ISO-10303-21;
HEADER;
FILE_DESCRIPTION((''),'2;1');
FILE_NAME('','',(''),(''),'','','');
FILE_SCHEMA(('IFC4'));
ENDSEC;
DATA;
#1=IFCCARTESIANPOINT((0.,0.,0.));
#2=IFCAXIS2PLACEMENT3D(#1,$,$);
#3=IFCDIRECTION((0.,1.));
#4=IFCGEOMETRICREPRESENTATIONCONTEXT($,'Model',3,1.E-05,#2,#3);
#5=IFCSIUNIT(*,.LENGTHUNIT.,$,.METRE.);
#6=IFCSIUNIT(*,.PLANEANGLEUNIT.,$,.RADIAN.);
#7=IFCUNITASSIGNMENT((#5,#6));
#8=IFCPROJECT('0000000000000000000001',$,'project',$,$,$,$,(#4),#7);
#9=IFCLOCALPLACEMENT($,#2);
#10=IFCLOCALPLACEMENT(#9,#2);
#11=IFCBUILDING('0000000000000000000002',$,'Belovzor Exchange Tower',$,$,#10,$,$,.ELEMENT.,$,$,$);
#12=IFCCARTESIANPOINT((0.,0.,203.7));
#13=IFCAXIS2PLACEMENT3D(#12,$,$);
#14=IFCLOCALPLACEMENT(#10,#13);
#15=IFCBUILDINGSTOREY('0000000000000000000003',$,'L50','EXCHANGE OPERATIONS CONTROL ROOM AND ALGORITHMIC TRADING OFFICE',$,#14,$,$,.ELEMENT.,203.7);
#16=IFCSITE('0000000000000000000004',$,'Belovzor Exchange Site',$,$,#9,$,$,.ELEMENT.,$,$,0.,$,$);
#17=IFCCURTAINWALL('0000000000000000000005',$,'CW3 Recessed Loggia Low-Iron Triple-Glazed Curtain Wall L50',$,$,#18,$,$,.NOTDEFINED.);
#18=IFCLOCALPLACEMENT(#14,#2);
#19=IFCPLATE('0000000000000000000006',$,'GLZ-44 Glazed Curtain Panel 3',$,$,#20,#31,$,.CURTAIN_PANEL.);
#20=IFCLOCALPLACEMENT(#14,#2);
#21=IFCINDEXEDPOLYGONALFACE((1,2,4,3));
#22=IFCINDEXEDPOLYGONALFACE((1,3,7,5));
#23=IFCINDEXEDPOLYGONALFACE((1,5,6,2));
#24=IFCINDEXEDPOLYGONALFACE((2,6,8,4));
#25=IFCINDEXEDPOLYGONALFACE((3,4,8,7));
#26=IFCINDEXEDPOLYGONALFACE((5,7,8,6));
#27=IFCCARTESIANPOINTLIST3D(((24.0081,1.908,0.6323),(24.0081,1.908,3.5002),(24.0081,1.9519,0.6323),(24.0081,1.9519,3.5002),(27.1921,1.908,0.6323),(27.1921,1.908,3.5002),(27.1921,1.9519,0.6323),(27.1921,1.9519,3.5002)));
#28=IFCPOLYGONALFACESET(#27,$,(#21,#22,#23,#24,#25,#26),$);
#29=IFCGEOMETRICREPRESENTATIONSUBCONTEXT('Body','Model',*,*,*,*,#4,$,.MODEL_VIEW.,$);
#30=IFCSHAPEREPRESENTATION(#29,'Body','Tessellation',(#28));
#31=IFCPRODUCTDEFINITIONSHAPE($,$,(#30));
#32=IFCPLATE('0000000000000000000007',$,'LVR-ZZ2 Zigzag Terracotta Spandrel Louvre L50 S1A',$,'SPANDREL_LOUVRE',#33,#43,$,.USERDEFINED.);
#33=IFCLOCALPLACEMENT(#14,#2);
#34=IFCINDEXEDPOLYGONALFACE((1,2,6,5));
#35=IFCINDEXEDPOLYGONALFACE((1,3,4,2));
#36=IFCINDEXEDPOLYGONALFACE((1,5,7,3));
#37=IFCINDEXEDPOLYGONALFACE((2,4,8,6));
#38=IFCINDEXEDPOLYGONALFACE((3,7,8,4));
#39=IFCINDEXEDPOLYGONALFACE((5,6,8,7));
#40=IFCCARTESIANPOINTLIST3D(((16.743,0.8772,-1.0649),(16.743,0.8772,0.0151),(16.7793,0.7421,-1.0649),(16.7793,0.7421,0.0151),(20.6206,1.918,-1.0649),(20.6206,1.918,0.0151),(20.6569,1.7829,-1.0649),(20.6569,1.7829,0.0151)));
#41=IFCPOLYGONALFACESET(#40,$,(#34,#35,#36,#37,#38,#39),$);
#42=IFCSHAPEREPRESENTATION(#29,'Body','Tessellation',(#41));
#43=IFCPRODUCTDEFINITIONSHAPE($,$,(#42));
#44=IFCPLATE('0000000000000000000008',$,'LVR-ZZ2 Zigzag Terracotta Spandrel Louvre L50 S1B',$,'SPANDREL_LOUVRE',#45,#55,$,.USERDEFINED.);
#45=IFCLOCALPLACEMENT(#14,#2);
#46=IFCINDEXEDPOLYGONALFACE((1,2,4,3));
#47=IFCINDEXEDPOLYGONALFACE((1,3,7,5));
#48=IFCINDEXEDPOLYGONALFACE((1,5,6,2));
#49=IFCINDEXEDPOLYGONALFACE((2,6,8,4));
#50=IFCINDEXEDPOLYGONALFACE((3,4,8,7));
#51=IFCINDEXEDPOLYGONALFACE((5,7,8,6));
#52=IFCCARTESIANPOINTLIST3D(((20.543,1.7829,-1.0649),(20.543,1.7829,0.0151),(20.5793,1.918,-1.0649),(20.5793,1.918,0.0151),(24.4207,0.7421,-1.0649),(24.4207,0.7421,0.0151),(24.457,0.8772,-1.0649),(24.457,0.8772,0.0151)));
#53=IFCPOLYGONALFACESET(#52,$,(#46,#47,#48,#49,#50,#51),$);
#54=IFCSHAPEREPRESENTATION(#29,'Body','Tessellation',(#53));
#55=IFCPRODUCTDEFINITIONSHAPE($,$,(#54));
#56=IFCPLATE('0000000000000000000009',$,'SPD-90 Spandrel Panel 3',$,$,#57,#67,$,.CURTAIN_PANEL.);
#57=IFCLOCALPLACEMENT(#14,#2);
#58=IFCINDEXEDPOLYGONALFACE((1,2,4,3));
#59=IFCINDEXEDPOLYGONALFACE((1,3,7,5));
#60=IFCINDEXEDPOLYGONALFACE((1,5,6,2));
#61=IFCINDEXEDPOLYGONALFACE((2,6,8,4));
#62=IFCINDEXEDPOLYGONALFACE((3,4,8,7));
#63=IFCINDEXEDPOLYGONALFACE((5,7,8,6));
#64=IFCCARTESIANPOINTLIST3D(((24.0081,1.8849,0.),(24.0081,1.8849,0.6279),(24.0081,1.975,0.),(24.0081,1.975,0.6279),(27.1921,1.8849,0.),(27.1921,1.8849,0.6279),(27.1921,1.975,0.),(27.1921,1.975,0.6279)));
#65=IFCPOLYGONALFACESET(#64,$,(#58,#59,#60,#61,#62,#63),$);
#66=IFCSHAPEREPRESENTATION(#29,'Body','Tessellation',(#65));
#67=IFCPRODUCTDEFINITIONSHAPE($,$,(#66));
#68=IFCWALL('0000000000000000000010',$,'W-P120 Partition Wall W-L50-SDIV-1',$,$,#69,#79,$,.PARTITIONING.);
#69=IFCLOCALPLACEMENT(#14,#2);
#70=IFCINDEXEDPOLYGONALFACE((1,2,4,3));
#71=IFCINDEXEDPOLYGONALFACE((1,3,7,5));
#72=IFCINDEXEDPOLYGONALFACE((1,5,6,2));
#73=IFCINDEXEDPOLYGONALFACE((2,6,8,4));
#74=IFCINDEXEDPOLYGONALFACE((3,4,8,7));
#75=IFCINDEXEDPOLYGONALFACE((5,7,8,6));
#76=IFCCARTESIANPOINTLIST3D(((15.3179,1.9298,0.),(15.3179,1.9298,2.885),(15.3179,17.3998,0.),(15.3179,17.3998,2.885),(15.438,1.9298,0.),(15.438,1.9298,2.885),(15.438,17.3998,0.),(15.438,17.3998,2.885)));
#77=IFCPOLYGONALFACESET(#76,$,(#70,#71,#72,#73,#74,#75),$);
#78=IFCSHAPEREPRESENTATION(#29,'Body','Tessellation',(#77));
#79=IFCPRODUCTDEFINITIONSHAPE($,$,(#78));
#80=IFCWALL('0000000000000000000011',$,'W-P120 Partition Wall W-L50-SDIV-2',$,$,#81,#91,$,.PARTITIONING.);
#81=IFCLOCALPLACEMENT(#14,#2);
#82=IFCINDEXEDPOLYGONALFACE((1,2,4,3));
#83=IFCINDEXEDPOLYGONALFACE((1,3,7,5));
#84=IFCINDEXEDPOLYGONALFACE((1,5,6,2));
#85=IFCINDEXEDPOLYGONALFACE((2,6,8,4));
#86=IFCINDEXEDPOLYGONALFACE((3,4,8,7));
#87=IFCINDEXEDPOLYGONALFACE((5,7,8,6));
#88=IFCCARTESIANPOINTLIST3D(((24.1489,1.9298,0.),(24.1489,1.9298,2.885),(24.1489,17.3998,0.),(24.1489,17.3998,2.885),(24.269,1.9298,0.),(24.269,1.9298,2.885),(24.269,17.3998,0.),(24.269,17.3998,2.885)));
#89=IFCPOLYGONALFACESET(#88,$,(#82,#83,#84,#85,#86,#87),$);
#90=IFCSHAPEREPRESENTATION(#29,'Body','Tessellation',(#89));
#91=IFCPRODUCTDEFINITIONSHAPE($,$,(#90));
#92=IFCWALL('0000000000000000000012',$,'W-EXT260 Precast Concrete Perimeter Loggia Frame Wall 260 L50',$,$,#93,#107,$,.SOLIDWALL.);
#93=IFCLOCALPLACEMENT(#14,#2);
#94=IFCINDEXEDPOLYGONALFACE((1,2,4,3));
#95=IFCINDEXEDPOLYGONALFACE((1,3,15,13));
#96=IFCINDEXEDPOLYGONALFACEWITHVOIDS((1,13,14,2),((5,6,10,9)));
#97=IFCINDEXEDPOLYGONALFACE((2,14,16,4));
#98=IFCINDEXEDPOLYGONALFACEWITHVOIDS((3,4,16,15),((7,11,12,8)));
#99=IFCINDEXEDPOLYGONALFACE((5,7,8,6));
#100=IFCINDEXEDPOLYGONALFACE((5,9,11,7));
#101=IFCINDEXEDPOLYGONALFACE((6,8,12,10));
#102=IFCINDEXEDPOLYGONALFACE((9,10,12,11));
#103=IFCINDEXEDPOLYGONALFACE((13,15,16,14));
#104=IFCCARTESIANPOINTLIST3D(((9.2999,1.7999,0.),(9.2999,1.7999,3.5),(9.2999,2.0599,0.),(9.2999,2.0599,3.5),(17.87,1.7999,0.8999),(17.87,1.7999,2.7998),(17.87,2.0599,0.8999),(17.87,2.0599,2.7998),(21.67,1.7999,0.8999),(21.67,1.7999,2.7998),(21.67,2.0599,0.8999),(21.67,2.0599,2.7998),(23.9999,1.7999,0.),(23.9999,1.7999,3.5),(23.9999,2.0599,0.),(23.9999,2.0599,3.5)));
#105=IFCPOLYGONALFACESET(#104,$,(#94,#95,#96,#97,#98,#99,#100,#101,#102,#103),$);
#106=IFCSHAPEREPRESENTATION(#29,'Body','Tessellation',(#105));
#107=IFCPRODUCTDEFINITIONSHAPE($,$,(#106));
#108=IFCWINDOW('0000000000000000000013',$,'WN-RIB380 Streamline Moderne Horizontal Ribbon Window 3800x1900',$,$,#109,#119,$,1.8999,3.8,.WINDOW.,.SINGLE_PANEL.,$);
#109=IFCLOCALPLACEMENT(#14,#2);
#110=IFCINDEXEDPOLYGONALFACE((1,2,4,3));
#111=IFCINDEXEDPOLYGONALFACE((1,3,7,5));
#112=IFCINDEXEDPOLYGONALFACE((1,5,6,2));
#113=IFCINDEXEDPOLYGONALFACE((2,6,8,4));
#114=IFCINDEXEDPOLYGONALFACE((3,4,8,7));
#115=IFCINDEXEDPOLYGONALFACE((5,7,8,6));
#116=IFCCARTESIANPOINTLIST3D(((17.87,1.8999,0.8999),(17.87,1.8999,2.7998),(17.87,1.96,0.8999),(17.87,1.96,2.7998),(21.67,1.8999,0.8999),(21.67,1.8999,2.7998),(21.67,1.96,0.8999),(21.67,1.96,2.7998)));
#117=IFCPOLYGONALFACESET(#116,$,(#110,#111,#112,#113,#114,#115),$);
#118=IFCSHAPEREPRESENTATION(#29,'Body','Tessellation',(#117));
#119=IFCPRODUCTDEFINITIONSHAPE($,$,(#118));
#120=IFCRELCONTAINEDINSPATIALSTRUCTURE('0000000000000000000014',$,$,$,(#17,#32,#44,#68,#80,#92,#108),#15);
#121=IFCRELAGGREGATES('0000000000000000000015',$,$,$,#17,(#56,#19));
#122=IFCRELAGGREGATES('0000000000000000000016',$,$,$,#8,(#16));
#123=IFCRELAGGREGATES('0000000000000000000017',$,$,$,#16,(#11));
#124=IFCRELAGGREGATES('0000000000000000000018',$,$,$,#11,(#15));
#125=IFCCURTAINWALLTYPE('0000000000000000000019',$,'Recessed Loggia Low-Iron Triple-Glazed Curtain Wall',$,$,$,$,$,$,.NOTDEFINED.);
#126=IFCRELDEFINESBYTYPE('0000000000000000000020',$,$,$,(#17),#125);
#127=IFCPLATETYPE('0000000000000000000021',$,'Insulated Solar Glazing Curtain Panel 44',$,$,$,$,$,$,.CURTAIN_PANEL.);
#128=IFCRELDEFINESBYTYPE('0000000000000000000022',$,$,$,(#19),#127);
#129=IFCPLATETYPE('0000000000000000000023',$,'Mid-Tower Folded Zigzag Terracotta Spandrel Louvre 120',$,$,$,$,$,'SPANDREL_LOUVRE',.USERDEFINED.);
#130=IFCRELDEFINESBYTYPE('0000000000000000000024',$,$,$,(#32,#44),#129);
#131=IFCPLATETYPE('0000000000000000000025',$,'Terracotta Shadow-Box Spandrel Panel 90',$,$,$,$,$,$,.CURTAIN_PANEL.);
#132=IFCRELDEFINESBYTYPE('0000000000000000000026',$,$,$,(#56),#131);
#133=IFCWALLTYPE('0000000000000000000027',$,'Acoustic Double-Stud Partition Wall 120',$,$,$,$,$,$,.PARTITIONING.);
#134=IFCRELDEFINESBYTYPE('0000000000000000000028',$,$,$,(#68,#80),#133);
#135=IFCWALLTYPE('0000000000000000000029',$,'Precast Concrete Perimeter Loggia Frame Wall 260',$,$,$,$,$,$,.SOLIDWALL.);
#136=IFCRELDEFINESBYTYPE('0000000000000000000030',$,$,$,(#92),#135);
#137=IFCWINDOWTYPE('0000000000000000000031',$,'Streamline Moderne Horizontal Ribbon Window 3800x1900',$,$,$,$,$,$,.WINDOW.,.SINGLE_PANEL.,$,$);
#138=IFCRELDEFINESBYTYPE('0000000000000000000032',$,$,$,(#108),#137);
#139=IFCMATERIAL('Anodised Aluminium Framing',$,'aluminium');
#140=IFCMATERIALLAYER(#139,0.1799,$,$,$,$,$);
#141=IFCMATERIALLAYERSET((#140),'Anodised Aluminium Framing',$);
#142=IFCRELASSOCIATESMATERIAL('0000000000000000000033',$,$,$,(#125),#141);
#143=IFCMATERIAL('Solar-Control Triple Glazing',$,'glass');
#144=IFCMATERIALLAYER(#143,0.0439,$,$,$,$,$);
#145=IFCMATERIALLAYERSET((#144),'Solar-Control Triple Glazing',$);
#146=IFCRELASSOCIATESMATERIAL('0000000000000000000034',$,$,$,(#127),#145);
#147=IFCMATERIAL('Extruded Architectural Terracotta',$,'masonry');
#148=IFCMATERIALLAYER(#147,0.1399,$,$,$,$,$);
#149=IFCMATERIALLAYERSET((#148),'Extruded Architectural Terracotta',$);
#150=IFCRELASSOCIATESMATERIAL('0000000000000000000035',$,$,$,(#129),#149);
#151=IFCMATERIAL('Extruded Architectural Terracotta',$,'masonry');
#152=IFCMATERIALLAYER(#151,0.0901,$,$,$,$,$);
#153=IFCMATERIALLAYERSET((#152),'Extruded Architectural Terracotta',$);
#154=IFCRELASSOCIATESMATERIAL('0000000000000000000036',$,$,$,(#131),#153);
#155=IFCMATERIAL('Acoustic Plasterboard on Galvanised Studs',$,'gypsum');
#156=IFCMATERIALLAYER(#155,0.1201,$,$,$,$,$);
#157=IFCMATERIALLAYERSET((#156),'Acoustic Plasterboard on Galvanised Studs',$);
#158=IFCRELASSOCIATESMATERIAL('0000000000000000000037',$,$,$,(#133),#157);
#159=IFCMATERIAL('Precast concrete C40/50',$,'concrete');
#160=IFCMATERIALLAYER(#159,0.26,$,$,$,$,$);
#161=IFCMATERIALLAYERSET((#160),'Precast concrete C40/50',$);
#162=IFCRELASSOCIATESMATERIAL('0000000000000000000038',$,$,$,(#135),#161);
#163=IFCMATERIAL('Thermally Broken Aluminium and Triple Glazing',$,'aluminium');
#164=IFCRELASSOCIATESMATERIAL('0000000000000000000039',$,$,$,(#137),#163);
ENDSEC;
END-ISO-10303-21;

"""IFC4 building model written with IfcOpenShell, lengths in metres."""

from ifc_helpers import new_model, si_unit, direction, frame, frame_2d, origin, origin_2d, place, context, subcontext, project, spatial, rectangle, extrude, material, layer, layer_set, type_object, element, fill, aggregate, save


model = new_model("IFC4")

# Units and contexts
model_context = context("Model", 3, precision=1e-05, world=origin(), true_north=direction((0.0, 1.0)))
body_context = subcontext(model_context, "Body", "Model", "MODEL_VIEW")
ifc_project = project(units=[si_unit("LENGTHUNIT", "METRE"), si_unit("PLANEANGLEUNIT", "RADIAN")], contexts=[model_context])

# Site, building, storey
site_placement = place(None, origin())
site = spatial("IfcSite", under=ifc_project, at=site_placement, Name="Belovzor Exchange Site", CompositionType="ELEMENT", RefElevation=0.0)
building_placement = place(site_placement, origin())
building = spatial("IfcBuilding", under=site, at=building_placement, Name="Belovzor Exchange Tower", CompositionType="ELEMENT")
storey_placement = place(building_placement, frame((0.0, 0.0, 203.7)))
storey = spatial("IfcBuildingStorey", under=building, at=storey_placement, Name="L50", Description="EXCHANGE OPERATIONS CONTROL ROOM AND ALGORITHMIC TRADING OFFICE", CompositionType="ELEMENT", Elevation=203.7)

# Curtain wall
ifc_material_1 = material(Name="Anodised Aluminium Framing", Category="aluminium")
ifc_layer_1 = layer(ifc_material_1, 0.1799)
ifc_layer_set_1 = layer_set([ifc_layer_1], Name="Anodised Aluminium Framing")
curtain_wall_type = type_object("IfcCurtainWallType", Name="Recessed Loggia Low-Iron Triple-Glazed Curtain Wall", PredefinedType="NOTDEFINED", material=ifc_layer_set_1)
curtain_wall_placement = place(storey_placement, origin())
curtain_wall = element("IfcCurtainWall", 1, at=curtain_wall_placement, inside=storey, type_object=curtain_wall_type, Name="CW3 Recessed Loggia Low-Iron Triple-Glazed Curtain Wall L50", PredefinedType="NOTDEFINED")

# Plate
ifc_material_2 = material(Name="Solar-Control Triple Glazing", Category="glass")
ifc_layer_2 = layer(ifc_material_2, 0.0439)
ifc_layer_set_2 = layer_set([ifc_layer_2], Name="Solar-Control Triple Glazing")
plate_type_1 = type_object("IfcPlateType", Name="Insulated Solar Glazing Curtain Panel 44", PredefinedType="CURTAIN_PANEL", material=ifc_layer_set_2)
plate_1_placement = place(storey_placement, frame((25.6001, 1.9299, 0.6323), z_axis=(0.0, 0.0, 1.0), x_axis=(-1.0, 0.0, 0.0)))
plate_1 = element("IfcPlate", 2, at=plate_1_placement, type_object=plate_type_1, Name="GLZ-44 Glazed Curtain Panel 3", PredefinedType="CURTAIN_PANEL", context=body_context, shape_type="SweptSolid", body=[
    extrude(rectangle(XDim=3.1841, YDim=0.0439, at=origin_2d()), origin(), (0.0, 0.0, 1.0), 2.8679),
])

# Plates
ifc_material_3 = material(Name="Extruded Architectural Terracotta", Category="masonry")
ifc_layer_3 = layer(ifc_material_3, 0.1399)
ifc_layer_set_3 = layer_set([ifc_layer_3], Name="Extruded Architectural Terracotta")
plate_type_2 = type_object("IfcPlateType", Name="Mid-Tower Folded Zigzag Terracotta Spandrel Louvre 120", ElementType="SPANDREL_LOUVRE", PredefinedType="USERDEFINED", material=ifc_layer_set_3)
for number, where, z_axis, x_axis, name in (
    (3, (18.7, 1.3301, -1.0649), (0.0, 0.0, 1.0), (0.965813, 0.25924, 0.0), "LVR-ZZ2 Zigzag Terracotta Spandrel Louvre L50 S1A"),
    (4, (22.5, 1.3301, -1.0649), (0.0, 0.0, 1.0), (0.965813, -0.25924, 0.0), "LVR-ZZ2 Zigzag Terracotta Spandrel Louvre L50 S1B"),
):
    element("IfcPlate", number, at=place(storey_placement, frame(where, z_axis=z_axis, x_axis=x_axis)), inside=storey, type_object=plate_type_2, Name=name, ObjectType="SPANDREL_LOUVRE", PredefinedType="USERDEFINED", context=body_context, shape_type="SweptSolid", body=[
        extrude(rectangle(XDim=4.0149, YDim=0.1399, at=origin_2d()), origin(), (0.0, 0.0, 1.0), 1.0801),
    ])

# Plate
ifc_material_4 = material(Name="Extruded Architectural Terracotta", Category="masonry")
ifc_layer_4 = layer(ifc_material_4, 0.0901)
ifc_layer_set_4 = layer_set([ifc_layer_4], Name="Extruded Architectural Terracotta")
plate_type_3 = type_object("IfcPlateType", Name="Terracotta Shadow-Box Spandrel Panel 90", PredefinedType="CURTAIN_PANEL", material=ifc_layer_set_4)
plate_2_placement = place(storey_placement, frame((25.6001, 1.9299, 0.0), z_axis=(0.0, 0.0, 1.0), x_axis=(-1.0, 0.0, 0.0)))
plate_2 = element("IfcPlate", 5, at=plate_2_placement, type_object=plate_type_3, Name="SPD-90 Spandrel Panel 3", PredefinedType="CURTAIN_PANEL", context=body_context, shape_type="SweptSolid", body=[
    extrude(rectangle(XDim=3.1841, YDim=0.0901, at=origin_2d()), origin(), (0.0, 0.0, 1.0), 0.6279),
])
aggregate(curtain_wall, [plate_2, plate_1])

# Walls
ifc_material_5 = material(Name="Acoustic Plasterboard on Galvanised Studs", Category="gypsum")
ifc_layer_5 = layer(ifc_material_5, 0.1201)
ifc_layer_set_5 = layer_set([ifc_layer_5], Name="Acoustic Plasterboard on Galvanised Studs")
wall_type_1 = type_object("IfcWallType", Name="Acoustic Double-Stud Partition Wall 120", PredefinedType="PARTITIONING", material=ifc_layer_set_5)
for number, where, z_axis, x_axis, name in (
    (6, (15.3779, 1.9299, 0.0), (0.0, 0.0, 1.0), (0.0, 1.0, 0.0), "W-P120 Partition Wall W-L50-SDIV-1"),
    (7, (24.209, 1.9299, 0.0), (0.0, 0.0, 1.0), (0.0, 1.0, 0.0), "W-P120 Partition Wall W-L50-SDIV-2"),
):
    element("IfcWall", number, at=place(storey_placement, frame(where, z_axis=z_axis, x_axis=x_axis)), inside=storey, type_object=wall_type_1, Name=name, PredefinedType="PARTITIONING", context=body_context, shape_type="SweptSolid", body=[
        extrude(rectangle(XDim=15.47, YDim=0.1201, at=frame_2d((7.7349, 0.0))), origin(), (0.0, 0.0, 1.0), 2.885),
    ])

# Wall, opening, window
ifc_material_6 = material(Name="Precast concrete C40/50", Category="concrete")
ifc_layer_6 = layer(ifc_material_6, 0.26)
ifc_layer_set_6 = layer_set([ifc_layer_6], Name="Precast concrete C40/50")
wall_type_2 = type_object("IfcWallType", Name="Precast Concrete Perimeter Loggia Frame Wall 260", PredefinedType="SOLIDWALL", material=ifc_layer_set_6)
wall_placement = place(storey_placement, frame((24.0, 1.9299, 0.0), z_axis=(0.0, 0.0, 1.0), x_axis=(-1.0, 0.0, 0.0)))
wall = element("IfcWall", 8, at=wall_placement, inside=storey, type_object=wall_type_2, Name="W-EXT260 Precast Concrete Perimeter Loggia Frame Wall 260 L50", PredefinedType="SOLIDWALL", context=body_context, shape_type="SweptSolid", body=[
    extrude(rectangle(XDim=14.7, YDim=0.26, at=frame_2d((7.3501, 0.0))), origin(), (0.0, 0.0, 1.0), 3.5),
])
opening_placement = place(wall_placement, frame((2.3301, 0.0, 0.8999)))
opening = element("IfcOpeningElement", 9, at=opening_placement, cuts=wall, PredefinedType="OPENING", context=body_context, shape_type="SweptSolid", body=[
    extrude(rectangle(XDim=3.8, YDim=1.8999, at=frame_2d((1.8999, 0.95))), frame((0.0, 0.1399, 0.0), z_axis=(0.0, -1.0, 0.0), x_axis=(1.0, 0.0, 0.0)), (0.0, 0.0, 1.0), 0.28),
])
ifc_material_7 = material(Name="Thermally Broken Aluminium and Triple Glazing", Category="aluminium")
window_type = type_object("IfcWindowType", Name="Streamline Moderne Horizontal Ribbon Window 3800x1900", PartitioningType="SINGLE_PANEL", PredefinedType="WINDOW", material=ifc_material_7)
window_placement = place(opening_placement, origin())
window = element("IfcWindow", 10, at=window_placement, inside=storey, type_object=window_type, Name="WN-RIB380 Streamline Moderne Horizontal Ribbon Window 3800x1900", OverallHeight=1.8999, OverallWidth=3.8, PartitioningType="SINGLE_PANEL", PredefinedType="WINDOW", context=body_context, shape_type="SweptSolid", body=[
    extrude(rectangle(XDim=3.8, YDim=1.8999, at=frame_2d((1.8999, 0.95))), frame((0.0, 0.03, 0.0), z_axis=(0.0, -1.0, 0.0), x_axis=(1.0, 0.0, 0.0)), (0.0, 0.0, 1.0), 0.0601),
])
fill(opening, window)

save(model, "model.ifc")
